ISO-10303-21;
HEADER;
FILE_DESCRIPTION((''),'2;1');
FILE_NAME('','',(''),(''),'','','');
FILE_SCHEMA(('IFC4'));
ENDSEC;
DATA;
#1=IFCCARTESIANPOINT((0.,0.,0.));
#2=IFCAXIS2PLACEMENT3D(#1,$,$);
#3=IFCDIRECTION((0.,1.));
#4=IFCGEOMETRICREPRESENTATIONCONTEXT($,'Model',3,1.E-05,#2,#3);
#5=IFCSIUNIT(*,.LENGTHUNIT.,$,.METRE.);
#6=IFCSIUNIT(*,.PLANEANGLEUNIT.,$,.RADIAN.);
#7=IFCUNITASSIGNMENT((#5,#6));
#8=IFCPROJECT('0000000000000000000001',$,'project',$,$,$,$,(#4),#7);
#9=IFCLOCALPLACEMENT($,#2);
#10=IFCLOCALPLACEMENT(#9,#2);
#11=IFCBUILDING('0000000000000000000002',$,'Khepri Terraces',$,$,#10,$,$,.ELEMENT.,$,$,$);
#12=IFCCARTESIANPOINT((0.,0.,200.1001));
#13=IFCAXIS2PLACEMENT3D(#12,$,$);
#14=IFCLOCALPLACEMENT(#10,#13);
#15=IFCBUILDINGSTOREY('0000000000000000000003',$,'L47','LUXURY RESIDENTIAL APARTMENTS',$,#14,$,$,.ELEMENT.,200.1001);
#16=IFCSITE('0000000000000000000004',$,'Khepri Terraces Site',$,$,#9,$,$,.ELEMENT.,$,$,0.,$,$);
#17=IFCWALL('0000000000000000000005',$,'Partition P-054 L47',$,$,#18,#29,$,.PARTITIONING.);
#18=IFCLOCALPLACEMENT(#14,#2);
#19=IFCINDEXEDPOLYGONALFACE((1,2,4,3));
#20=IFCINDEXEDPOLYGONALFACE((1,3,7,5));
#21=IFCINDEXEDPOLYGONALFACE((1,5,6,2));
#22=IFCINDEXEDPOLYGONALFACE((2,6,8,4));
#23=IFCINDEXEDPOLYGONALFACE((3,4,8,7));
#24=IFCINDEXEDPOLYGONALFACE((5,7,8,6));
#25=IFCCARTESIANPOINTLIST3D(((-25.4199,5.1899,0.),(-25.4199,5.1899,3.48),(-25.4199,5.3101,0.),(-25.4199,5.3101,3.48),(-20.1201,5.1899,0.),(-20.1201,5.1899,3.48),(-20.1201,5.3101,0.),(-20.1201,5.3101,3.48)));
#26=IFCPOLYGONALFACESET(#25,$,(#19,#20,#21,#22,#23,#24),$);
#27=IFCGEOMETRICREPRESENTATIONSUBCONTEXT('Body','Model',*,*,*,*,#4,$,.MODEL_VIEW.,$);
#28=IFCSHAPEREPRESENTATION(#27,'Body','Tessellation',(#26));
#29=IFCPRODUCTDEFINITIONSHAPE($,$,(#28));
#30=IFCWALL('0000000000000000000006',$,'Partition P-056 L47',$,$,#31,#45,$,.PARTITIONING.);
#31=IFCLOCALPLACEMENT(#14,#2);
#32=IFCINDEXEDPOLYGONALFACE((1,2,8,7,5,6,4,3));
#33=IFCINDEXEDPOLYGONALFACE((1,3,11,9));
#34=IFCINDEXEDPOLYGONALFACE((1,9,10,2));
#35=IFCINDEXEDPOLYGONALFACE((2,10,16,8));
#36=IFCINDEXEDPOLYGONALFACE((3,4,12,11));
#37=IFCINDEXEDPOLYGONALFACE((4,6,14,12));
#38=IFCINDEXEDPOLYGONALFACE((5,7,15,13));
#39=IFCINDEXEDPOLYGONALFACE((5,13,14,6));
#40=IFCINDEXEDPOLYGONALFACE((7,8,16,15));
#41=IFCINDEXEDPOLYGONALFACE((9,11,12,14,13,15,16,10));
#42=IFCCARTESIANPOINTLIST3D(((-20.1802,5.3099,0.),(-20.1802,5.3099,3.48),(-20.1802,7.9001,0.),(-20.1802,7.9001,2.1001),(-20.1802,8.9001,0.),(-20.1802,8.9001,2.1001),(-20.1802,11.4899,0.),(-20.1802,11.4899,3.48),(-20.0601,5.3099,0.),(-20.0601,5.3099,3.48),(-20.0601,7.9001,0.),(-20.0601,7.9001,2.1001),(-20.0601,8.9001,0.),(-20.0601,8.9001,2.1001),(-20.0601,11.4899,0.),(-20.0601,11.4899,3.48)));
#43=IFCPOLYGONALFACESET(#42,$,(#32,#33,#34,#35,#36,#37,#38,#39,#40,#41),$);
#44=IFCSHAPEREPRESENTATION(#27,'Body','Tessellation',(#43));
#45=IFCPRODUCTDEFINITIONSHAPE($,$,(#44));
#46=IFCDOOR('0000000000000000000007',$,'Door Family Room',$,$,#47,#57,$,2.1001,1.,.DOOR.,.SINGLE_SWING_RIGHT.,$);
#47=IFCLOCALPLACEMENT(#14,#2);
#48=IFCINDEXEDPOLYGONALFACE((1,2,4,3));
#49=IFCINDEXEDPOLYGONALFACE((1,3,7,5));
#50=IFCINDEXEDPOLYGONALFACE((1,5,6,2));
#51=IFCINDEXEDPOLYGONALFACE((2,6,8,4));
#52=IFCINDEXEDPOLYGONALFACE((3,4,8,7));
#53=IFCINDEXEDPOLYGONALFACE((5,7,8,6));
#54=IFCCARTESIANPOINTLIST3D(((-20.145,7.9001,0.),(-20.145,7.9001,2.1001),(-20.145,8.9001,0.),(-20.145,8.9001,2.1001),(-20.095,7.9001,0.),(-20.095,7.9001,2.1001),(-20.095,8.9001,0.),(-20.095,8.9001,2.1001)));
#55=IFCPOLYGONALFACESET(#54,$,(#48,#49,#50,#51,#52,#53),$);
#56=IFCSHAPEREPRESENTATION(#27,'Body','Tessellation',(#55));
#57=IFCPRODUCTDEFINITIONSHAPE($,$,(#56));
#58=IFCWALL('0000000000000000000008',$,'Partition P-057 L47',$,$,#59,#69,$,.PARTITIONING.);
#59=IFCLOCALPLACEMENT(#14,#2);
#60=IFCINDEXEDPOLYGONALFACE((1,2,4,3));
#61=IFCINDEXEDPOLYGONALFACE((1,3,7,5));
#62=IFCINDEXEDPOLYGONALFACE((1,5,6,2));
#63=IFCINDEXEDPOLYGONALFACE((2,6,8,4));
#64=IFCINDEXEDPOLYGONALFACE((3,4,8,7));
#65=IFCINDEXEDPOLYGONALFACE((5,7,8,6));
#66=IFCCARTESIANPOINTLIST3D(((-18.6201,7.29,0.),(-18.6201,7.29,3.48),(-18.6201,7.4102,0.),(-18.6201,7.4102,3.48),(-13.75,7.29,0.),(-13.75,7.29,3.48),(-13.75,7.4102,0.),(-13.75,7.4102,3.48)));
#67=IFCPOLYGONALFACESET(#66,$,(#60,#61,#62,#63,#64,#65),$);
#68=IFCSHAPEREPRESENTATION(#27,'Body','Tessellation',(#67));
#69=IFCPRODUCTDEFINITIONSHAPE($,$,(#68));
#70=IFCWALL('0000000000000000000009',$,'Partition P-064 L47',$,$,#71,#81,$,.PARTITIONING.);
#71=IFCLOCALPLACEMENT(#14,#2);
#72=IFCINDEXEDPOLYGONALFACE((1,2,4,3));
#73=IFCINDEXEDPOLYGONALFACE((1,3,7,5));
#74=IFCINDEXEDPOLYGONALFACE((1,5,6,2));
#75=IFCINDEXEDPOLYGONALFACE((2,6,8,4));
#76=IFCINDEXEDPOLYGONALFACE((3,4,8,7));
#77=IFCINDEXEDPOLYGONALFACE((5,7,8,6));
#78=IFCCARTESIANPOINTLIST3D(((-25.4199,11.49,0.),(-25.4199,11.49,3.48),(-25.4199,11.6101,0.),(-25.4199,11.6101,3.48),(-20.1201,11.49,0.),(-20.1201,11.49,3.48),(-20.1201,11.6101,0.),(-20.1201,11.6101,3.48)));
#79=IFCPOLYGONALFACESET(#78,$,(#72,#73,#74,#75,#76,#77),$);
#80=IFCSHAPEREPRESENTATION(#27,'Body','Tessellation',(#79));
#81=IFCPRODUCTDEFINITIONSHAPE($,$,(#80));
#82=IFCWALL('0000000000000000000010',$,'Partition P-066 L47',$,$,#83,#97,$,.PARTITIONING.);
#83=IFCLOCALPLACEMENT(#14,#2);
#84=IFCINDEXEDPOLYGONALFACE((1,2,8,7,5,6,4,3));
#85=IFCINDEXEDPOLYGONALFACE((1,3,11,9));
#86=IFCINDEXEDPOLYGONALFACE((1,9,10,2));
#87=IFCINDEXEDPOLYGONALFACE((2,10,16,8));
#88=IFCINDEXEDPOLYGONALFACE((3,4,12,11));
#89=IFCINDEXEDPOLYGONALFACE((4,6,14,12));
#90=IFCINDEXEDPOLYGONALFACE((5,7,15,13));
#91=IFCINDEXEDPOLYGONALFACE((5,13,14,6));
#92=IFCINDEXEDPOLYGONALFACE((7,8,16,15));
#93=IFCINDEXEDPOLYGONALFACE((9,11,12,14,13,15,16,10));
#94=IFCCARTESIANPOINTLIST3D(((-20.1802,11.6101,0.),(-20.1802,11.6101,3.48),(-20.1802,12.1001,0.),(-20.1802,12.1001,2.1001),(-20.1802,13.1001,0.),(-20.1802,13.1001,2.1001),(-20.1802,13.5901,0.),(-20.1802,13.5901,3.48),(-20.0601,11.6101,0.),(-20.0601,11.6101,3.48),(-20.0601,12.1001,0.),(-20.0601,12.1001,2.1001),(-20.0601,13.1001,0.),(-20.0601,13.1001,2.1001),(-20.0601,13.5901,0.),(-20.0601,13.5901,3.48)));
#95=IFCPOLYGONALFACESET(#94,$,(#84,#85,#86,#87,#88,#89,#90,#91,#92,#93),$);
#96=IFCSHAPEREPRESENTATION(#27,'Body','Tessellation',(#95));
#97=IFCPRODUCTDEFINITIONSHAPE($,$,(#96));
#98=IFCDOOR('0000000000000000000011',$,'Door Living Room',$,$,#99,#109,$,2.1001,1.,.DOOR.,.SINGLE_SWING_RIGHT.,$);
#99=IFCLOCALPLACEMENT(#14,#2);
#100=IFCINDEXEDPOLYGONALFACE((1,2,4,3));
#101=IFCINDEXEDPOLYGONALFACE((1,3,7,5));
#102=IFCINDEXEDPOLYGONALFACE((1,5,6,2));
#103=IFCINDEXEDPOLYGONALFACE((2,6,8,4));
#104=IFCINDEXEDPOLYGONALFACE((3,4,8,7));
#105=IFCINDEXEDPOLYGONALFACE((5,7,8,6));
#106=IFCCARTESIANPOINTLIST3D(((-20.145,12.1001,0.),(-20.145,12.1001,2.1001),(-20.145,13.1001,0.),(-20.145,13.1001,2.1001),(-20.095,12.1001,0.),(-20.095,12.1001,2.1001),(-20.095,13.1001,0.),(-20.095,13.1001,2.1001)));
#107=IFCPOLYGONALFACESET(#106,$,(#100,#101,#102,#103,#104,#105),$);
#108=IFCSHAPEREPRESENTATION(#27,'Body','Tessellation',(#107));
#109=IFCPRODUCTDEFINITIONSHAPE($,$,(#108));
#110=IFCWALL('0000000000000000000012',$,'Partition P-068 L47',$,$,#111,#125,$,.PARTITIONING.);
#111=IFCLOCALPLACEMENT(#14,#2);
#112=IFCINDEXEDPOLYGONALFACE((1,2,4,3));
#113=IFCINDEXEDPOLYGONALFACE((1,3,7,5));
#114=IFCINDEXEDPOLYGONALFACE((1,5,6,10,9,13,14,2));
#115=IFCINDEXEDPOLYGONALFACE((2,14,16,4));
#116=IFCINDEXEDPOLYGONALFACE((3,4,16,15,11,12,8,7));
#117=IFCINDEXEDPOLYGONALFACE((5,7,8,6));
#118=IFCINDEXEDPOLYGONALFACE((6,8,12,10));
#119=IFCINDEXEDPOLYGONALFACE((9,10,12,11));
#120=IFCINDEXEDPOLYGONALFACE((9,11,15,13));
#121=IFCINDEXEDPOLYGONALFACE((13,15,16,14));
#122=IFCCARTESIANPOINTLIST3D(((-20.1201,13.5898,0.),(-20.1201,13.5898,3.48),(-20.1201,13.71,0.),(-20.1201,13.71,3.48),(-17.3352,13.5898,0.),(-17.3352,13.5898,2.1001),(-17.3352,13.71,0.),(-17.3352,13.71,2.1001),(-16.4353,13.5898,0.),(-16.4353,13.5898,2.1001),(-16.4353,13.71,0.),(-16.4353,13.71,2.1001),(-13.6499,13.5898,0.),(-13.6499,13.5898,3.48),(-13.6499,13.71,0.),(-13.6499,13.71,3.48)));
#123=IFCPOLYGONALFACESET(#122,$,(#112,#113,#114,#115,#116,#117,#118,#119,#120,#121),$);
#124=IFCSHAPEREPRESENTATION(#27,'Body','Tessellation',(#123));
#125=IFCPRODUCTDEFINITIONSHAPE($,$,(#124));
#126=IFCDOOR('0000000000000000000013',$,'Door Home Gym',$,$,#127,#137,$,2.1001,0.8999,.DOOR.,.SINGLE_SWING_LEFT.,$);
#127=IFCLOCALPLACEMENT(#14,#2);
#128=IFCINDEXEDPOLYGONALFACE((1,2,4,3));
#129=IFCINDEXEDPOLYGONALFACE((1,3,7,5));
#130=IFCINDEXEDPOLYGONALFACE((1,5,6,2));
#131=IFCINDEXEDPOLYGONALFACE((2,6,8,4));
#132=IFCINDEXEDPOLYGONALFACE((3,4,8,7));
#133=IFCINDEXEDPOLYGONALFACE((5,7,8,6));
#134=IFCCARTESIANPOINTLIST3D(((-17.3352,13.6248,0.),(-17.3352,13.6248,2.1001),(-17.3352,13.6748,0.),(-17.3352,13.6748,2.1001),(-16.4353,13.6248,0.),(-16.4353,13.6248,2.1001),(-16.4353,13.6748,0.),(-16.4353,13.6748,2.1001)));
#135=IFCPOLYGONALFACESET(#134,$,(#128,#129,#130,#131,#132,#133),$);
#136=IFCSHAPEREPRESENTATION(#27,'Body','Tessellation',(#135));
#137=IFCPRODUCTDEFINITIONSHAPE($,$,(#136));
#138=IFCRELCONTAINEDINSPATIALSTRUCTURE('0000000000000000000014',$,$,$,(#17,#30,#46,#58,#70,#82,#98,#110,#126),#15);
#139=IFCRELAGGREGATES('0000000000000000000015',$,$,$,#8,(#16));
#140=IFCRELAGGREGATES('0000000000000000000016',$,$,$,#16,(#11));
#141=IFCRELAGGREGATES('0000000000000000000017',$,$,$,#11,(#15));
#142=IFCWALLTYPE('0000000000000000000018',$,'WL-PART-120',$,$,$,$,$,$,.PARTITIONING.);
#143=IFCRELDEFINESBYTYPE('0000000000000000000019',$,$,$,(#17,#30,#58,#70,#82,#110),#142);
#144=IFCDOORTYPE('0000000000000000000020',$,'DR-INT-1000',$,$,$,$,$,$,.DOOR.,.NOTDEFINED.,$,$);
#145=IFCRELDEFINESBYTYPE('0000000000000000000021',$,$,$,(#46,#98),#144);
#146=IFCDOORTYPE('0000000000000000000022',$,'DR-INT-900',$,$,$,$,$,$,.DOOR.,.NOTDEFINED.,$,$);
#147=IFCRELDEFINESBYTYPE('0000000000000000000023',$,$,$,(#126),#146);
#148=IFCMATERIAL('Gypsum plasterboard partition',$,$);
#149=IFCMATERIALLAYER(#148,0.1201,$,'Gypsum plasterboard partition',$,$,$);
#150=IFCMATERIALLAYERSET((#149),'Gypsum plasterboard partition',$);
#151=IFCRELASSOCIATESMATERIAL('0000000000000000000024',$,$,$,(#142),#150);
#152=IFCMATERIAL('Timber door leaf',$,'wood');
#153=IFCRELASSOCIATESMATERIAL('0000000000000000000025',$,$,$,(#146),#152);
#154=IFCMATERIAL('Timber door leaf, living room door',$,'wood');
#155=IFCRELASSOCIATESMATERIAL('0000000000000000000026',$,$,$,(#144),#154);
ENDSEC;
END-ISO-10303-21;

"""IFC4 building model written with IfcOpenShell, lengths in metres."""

from ifc_helpers import new_model, si_unit, direction, frame, frame_2d, origin, place, context, subcontext, project, spatial, rectangle, extrude, material, layer, layer_set, type_object, element, fill, save


model = new_model("IFC4")

# Units and contexts
model_context = context("Model", 3, precision=1e-05, world=origin(), true_north=direction((0.0, 1.0)))
body_context = subcontext(model_context, "Body", "Model", "MODEL_VIEW")
ifc_project = project(units=[si_unit("LENGTHUNIT", "METRE"), si_unit("PLANEANGLEUNIT", "RADIAN")], contexts=[model_context])

# Site, building, storey
site_placement = place(None, origin())
site = spatial("IfcSite", under=ifc_project, at=site_placement, Name="Khepri Terraces Site", CompositionType="ELEMENT", RefElevation=0.0)
building_placement = place(site_placement, origin())
building = spatial("IfcBuilding", under=site, at=building_placement, Name="Khepri Terraces", CompositionType="ELEMENT")
storey_placement = place(building_placement, frame((0.0, 0.0, 200.1001)))
storey = spatial("IfcBuildingStorey", under=building, at=storey_placement, Name="L47", Description="LUXURY RESIDENTIAL APARTMENTS", CompositionType="ELEMENT", Elevation=200.1001)

# Shared definitions
ifc_material_1 = material(Name="Gypsum plasterboard partition")
ifc_layer_1 = layer(ifc_material_1, 0.1201, Name="Gypsum plasterboard partition")
ifc_layer_set_1 = layer_set([ifc_layer_1], Name="Gypsum plasterboard partition")
wall_type_1 = type_object("IfcWallType", Name="WL-PART-120", PredefinedType="PARTITIONING", material=ifc_layer_set_1)

# Shared definitions
ifc_material_2 = material(Name="Timber door leaf", Category="wood")
door_type_1 = type_object("IfcDoorType", Name="DR-INT-900", OperationType="NOTDEFINED", PredefinedType="DOOR", material=ifc_material_2)

# Wall
wall_1_placement = place(storey_placement, frame((-25.4199, 5.25, 0.0), z_axis=(0.0, 0.0, 1.0), x_axis=(1.0, 0.0, 0.0)))
element("IfcWall", 1, at=wall_1_placement, inside=storey, type_object=wall_type_1, Name="Partition P-054 L47", PredefinedType="PARTITIONING", context=body_context, shape_type="SweptSolid", body=[
    extrude(rectangle(XDim=5.2998, YDim=0.1201, at=frame_2d((2.6499, 0.0))), origin(), (0.0, 0.0, 1.0), 3.48),
])

# Wall, opening, door
wall_2_placement = place(storey_placement, frame((-20.1201, 5.3101, 0.0), z_axis=(0.0, 0.0, 1.0), x_axis=(0.0, 1.0, 0.0)))
wall_2 = element("IfcWall", 2, at=wall_2_placement, inside=storey, type_object=wall_type_1, Name="Partition P-056 L47", PredefinedType="PARTITIONING", context=body_context, shape_type="SweptSolid", body=[
    extrude(rectangle(XDim=6.1799, YDim=0.1201, at=frame_2d((3.0898, 0.0))), origin(), (0.0, 0.0, 1.0), 3.48),
])
opening_1_placement = place(wall_2_placement, frame((2.5901, 0.0, 0.0)))
opening_1 = element("IfcOpeningElement", 3, at=opening_1_placement, cuts=wall_2, PredefinedType="OPENING", context=body_context, shape_type="SweptSolid", body=[
    extrude(rectangle(XDim=1.0, YDim=2.1001, at=frame_2d((0.5, 1.05))), frame((0.0, 0.0701, 0.0), z_axis=(0.0, -1.0, 0.0), x_axis=(1.0, 0.0, 0.0)), (0.0, 0.0, 1.0), 0.1401),
])
ifc_material_3 = material(Name="Timber door leaf, living room door", Category="wood")
door_type_2 = type_object("IfcDoorType", Name="DR-INT-1000", OperationType="NOTDEFINED", PredefinedType="DOOR", material=ifc_material_3)
door_1_placement = place(opening_1_placement, origin())
door_1 = element("IfcDoor", 4, at=door_1_placement, inside=storey, type_object=door_type_2, Name="Door Family Room", OperationType="SINGLE_SWING_RIGHT", OverallHeight=2.1001, OverallWidth=1.0, PredefinedType="DOOR", context=body_context, shape_type="SweptSolid", body=[
    extrude(rectangle(XDim=1.0, YDim=2.1001, at=frame_2d((0.5, 1.05))), frame((0.0, 0.0249, 0.0), z_axis=(0.0, -1.0, 0.0), x_axis=(1.0, 0.0, 0.0)), (0.0, 0.0, 1.0), 0.05),
])
fill(opening_1, door_1)

# Walls
wall_3_placement = place(storey_placement, frame((-18.6201, 7.3501, 0.0), z_axis=(0.0, 0.0, 1.0), x_axis=(1.0, 0.0, 0.0)))
element("IfcWall", 5, at=wall_3_placement, inside=storey, type_object=wall_type_1, Name="Partition P-057 L47", PredefinedType="PARTITIONING", context=body_context, shape_type="SweptSolid", body=[
    extrude(rectangle(XDim=4.8701, YDim=0.1201, at=frame_2d((2.4351, 0.0))), origin(), (0.0, 0.0, 1.0), 3.48),
])
wall_4_placement = place(storey_placement, frame((-25.4199, 11.55, 0.0), z_axis=(0.0, 0.0, 1.0), x_axis=(1.0, 0.0, 0.0)))
element("IfcWall", 6, at=wall_4_placement, inside=storey, type_object=wall_type_1, Name="Partition P-064 L47", PredefinedType="PARTITIONING", context=body_context, shape_type="SweptSolid", body=[
    extrude(rectangle(XDim=5.2998, YDim=0.1201, at=frame_2d((2.6499, 0.0))), origin(), (0.0, 0.0, 1.0), 3.48),
])

# Walls, openings, doors
wall_5_placement = place(storey_placement, frame((-20.1201, 11.6101, 0.0), z_axis=(0.0, 0.0, 1.0), x_axis=(0.0, 1.0, 0.0)))
wall_5 = element("IfcWall", 7, at=wall_5_placement, inside=storey, type_object=wall_type_1, Name="Partition P-066 L47", PredefinedType="PARTITIONING", context=body_context, shape_type="SweptSolid", body=[
    extrude(rectangle(XDim=1.98, YDim=0.1201, at=frame_2d((0.99, 0.0))), origin(), (0.0, 0.0, 1.0), 3.48),
])
opening_2_placement = place(wall_5_placement, frame((0.49, 0.0, 0.0)))
opening_2 = element("IfcOpeningElement", 8, at=opening_2_placement, cuts=wall_5, PredefinedType="OPENING", context=body_context, shape_type="SweptSolid", body=[
    extrude(rectangle(XDim=1.0, YDim=2.1001, at=frame_2d((0.5, 1.05))), frame((0.0, 0.0701, 0.0), z_axis=(0.0, -1.0, 0.0), x_axis=(1.0, 0.0, 0.0)), (0.0, 0.0, 1.0), 0.1401),
])
door_2_placement = place(opening_2_placement, origin())
door_2 = element("IfcDoor", 9, at=door_2_placement, inside=storey, type_object=door_type_2, Name="Door Living Room", OperationType="SINGLE_SWING_RIGHT", OverallHeight=2.1001, OverallWidth=1.0, PredefinedType="DOOR", context=body_context, shape_type="SweptSolid", body=[
    extrude(rectangle(XDim=1.0, YDim=2.1001, at=frame_2d((0.5, 1.05))), frame((0.0, 0.0249, 0.0), z_axis=(0.0, -1.0, 0.0), x_axis=(1.0, 0.0, 0.0)), (0.0, 0.0, 1.0), 0.05),
])
fill(opening_2, door_2)
wall_6_placement = place(storey_placement, frame((-20.1201, 13.6499, 0.0), z_axis=(0.0, 0.0, 1.0), x_axis=(1.0, 0.0, 0.0)))
wall_6 = element("IfcWall", 10, at=wall_6_placement, inside=storey, type_object=wall_type_1, Name="Partition P-068 L47", PredefinedType="PARTITIONING", context=body_context, shape_type="SweptSolid", body=[
    extrude(rectangle(XDim=6.4702, YDim=0.1201, at=frame_2d((3.2351, 0.0))), origin(), (0.0, 0.0, 1.0), 3.48),
])
opening_3_placement = place(wall_6_placement, frame((2.7849, 0.0, 0.0)))
opening_3 = element("IfcOpeningElement", 11, at=opening_3_placement, cuts=wall_6, PredefinedType="OPENING", context=body_context, shape_type="SweptSolid", body=[
    extrude(rectangle(XDim=0.8999, YDim=2.1001, at=frame_2d((0.45, 1.05))), frame((0.0, 0.0701, 0.0), z_axis=(0.0, -1.0, 0.0), x_axis=(1.0, 0.0, 0.0)), (0.0, 0.0, 1.0), 0.1401),
])
door_3_placement = place(opening_3_placement, origin())
door_3 = element("IfcDoor", 12, at=door_3_placement, inside=storey, type_object=door_type_1, Name="Door Home Gym", OperationType="SINGLE_SWING_LEFT", OverallHeight=2.1001, OverallWidth=0.8999, PredefinedType="DOOR", context=body_context, shape_type="SweptSolid", body=[
    extrude(rectangle(XDim=0.8999, YDim=2.1001, at=frame_2d((0.45, 1.05))), frame((0.0, 0.0249, 0.0), z_axis=(0.0, -1.0, 0.0), x_axis=(1.0, 0.0, 0.0)), (0.0, 0.0, 1.0), 0.05),
])
fill(opening_3, door_3)

save(model, "model.ifc")
